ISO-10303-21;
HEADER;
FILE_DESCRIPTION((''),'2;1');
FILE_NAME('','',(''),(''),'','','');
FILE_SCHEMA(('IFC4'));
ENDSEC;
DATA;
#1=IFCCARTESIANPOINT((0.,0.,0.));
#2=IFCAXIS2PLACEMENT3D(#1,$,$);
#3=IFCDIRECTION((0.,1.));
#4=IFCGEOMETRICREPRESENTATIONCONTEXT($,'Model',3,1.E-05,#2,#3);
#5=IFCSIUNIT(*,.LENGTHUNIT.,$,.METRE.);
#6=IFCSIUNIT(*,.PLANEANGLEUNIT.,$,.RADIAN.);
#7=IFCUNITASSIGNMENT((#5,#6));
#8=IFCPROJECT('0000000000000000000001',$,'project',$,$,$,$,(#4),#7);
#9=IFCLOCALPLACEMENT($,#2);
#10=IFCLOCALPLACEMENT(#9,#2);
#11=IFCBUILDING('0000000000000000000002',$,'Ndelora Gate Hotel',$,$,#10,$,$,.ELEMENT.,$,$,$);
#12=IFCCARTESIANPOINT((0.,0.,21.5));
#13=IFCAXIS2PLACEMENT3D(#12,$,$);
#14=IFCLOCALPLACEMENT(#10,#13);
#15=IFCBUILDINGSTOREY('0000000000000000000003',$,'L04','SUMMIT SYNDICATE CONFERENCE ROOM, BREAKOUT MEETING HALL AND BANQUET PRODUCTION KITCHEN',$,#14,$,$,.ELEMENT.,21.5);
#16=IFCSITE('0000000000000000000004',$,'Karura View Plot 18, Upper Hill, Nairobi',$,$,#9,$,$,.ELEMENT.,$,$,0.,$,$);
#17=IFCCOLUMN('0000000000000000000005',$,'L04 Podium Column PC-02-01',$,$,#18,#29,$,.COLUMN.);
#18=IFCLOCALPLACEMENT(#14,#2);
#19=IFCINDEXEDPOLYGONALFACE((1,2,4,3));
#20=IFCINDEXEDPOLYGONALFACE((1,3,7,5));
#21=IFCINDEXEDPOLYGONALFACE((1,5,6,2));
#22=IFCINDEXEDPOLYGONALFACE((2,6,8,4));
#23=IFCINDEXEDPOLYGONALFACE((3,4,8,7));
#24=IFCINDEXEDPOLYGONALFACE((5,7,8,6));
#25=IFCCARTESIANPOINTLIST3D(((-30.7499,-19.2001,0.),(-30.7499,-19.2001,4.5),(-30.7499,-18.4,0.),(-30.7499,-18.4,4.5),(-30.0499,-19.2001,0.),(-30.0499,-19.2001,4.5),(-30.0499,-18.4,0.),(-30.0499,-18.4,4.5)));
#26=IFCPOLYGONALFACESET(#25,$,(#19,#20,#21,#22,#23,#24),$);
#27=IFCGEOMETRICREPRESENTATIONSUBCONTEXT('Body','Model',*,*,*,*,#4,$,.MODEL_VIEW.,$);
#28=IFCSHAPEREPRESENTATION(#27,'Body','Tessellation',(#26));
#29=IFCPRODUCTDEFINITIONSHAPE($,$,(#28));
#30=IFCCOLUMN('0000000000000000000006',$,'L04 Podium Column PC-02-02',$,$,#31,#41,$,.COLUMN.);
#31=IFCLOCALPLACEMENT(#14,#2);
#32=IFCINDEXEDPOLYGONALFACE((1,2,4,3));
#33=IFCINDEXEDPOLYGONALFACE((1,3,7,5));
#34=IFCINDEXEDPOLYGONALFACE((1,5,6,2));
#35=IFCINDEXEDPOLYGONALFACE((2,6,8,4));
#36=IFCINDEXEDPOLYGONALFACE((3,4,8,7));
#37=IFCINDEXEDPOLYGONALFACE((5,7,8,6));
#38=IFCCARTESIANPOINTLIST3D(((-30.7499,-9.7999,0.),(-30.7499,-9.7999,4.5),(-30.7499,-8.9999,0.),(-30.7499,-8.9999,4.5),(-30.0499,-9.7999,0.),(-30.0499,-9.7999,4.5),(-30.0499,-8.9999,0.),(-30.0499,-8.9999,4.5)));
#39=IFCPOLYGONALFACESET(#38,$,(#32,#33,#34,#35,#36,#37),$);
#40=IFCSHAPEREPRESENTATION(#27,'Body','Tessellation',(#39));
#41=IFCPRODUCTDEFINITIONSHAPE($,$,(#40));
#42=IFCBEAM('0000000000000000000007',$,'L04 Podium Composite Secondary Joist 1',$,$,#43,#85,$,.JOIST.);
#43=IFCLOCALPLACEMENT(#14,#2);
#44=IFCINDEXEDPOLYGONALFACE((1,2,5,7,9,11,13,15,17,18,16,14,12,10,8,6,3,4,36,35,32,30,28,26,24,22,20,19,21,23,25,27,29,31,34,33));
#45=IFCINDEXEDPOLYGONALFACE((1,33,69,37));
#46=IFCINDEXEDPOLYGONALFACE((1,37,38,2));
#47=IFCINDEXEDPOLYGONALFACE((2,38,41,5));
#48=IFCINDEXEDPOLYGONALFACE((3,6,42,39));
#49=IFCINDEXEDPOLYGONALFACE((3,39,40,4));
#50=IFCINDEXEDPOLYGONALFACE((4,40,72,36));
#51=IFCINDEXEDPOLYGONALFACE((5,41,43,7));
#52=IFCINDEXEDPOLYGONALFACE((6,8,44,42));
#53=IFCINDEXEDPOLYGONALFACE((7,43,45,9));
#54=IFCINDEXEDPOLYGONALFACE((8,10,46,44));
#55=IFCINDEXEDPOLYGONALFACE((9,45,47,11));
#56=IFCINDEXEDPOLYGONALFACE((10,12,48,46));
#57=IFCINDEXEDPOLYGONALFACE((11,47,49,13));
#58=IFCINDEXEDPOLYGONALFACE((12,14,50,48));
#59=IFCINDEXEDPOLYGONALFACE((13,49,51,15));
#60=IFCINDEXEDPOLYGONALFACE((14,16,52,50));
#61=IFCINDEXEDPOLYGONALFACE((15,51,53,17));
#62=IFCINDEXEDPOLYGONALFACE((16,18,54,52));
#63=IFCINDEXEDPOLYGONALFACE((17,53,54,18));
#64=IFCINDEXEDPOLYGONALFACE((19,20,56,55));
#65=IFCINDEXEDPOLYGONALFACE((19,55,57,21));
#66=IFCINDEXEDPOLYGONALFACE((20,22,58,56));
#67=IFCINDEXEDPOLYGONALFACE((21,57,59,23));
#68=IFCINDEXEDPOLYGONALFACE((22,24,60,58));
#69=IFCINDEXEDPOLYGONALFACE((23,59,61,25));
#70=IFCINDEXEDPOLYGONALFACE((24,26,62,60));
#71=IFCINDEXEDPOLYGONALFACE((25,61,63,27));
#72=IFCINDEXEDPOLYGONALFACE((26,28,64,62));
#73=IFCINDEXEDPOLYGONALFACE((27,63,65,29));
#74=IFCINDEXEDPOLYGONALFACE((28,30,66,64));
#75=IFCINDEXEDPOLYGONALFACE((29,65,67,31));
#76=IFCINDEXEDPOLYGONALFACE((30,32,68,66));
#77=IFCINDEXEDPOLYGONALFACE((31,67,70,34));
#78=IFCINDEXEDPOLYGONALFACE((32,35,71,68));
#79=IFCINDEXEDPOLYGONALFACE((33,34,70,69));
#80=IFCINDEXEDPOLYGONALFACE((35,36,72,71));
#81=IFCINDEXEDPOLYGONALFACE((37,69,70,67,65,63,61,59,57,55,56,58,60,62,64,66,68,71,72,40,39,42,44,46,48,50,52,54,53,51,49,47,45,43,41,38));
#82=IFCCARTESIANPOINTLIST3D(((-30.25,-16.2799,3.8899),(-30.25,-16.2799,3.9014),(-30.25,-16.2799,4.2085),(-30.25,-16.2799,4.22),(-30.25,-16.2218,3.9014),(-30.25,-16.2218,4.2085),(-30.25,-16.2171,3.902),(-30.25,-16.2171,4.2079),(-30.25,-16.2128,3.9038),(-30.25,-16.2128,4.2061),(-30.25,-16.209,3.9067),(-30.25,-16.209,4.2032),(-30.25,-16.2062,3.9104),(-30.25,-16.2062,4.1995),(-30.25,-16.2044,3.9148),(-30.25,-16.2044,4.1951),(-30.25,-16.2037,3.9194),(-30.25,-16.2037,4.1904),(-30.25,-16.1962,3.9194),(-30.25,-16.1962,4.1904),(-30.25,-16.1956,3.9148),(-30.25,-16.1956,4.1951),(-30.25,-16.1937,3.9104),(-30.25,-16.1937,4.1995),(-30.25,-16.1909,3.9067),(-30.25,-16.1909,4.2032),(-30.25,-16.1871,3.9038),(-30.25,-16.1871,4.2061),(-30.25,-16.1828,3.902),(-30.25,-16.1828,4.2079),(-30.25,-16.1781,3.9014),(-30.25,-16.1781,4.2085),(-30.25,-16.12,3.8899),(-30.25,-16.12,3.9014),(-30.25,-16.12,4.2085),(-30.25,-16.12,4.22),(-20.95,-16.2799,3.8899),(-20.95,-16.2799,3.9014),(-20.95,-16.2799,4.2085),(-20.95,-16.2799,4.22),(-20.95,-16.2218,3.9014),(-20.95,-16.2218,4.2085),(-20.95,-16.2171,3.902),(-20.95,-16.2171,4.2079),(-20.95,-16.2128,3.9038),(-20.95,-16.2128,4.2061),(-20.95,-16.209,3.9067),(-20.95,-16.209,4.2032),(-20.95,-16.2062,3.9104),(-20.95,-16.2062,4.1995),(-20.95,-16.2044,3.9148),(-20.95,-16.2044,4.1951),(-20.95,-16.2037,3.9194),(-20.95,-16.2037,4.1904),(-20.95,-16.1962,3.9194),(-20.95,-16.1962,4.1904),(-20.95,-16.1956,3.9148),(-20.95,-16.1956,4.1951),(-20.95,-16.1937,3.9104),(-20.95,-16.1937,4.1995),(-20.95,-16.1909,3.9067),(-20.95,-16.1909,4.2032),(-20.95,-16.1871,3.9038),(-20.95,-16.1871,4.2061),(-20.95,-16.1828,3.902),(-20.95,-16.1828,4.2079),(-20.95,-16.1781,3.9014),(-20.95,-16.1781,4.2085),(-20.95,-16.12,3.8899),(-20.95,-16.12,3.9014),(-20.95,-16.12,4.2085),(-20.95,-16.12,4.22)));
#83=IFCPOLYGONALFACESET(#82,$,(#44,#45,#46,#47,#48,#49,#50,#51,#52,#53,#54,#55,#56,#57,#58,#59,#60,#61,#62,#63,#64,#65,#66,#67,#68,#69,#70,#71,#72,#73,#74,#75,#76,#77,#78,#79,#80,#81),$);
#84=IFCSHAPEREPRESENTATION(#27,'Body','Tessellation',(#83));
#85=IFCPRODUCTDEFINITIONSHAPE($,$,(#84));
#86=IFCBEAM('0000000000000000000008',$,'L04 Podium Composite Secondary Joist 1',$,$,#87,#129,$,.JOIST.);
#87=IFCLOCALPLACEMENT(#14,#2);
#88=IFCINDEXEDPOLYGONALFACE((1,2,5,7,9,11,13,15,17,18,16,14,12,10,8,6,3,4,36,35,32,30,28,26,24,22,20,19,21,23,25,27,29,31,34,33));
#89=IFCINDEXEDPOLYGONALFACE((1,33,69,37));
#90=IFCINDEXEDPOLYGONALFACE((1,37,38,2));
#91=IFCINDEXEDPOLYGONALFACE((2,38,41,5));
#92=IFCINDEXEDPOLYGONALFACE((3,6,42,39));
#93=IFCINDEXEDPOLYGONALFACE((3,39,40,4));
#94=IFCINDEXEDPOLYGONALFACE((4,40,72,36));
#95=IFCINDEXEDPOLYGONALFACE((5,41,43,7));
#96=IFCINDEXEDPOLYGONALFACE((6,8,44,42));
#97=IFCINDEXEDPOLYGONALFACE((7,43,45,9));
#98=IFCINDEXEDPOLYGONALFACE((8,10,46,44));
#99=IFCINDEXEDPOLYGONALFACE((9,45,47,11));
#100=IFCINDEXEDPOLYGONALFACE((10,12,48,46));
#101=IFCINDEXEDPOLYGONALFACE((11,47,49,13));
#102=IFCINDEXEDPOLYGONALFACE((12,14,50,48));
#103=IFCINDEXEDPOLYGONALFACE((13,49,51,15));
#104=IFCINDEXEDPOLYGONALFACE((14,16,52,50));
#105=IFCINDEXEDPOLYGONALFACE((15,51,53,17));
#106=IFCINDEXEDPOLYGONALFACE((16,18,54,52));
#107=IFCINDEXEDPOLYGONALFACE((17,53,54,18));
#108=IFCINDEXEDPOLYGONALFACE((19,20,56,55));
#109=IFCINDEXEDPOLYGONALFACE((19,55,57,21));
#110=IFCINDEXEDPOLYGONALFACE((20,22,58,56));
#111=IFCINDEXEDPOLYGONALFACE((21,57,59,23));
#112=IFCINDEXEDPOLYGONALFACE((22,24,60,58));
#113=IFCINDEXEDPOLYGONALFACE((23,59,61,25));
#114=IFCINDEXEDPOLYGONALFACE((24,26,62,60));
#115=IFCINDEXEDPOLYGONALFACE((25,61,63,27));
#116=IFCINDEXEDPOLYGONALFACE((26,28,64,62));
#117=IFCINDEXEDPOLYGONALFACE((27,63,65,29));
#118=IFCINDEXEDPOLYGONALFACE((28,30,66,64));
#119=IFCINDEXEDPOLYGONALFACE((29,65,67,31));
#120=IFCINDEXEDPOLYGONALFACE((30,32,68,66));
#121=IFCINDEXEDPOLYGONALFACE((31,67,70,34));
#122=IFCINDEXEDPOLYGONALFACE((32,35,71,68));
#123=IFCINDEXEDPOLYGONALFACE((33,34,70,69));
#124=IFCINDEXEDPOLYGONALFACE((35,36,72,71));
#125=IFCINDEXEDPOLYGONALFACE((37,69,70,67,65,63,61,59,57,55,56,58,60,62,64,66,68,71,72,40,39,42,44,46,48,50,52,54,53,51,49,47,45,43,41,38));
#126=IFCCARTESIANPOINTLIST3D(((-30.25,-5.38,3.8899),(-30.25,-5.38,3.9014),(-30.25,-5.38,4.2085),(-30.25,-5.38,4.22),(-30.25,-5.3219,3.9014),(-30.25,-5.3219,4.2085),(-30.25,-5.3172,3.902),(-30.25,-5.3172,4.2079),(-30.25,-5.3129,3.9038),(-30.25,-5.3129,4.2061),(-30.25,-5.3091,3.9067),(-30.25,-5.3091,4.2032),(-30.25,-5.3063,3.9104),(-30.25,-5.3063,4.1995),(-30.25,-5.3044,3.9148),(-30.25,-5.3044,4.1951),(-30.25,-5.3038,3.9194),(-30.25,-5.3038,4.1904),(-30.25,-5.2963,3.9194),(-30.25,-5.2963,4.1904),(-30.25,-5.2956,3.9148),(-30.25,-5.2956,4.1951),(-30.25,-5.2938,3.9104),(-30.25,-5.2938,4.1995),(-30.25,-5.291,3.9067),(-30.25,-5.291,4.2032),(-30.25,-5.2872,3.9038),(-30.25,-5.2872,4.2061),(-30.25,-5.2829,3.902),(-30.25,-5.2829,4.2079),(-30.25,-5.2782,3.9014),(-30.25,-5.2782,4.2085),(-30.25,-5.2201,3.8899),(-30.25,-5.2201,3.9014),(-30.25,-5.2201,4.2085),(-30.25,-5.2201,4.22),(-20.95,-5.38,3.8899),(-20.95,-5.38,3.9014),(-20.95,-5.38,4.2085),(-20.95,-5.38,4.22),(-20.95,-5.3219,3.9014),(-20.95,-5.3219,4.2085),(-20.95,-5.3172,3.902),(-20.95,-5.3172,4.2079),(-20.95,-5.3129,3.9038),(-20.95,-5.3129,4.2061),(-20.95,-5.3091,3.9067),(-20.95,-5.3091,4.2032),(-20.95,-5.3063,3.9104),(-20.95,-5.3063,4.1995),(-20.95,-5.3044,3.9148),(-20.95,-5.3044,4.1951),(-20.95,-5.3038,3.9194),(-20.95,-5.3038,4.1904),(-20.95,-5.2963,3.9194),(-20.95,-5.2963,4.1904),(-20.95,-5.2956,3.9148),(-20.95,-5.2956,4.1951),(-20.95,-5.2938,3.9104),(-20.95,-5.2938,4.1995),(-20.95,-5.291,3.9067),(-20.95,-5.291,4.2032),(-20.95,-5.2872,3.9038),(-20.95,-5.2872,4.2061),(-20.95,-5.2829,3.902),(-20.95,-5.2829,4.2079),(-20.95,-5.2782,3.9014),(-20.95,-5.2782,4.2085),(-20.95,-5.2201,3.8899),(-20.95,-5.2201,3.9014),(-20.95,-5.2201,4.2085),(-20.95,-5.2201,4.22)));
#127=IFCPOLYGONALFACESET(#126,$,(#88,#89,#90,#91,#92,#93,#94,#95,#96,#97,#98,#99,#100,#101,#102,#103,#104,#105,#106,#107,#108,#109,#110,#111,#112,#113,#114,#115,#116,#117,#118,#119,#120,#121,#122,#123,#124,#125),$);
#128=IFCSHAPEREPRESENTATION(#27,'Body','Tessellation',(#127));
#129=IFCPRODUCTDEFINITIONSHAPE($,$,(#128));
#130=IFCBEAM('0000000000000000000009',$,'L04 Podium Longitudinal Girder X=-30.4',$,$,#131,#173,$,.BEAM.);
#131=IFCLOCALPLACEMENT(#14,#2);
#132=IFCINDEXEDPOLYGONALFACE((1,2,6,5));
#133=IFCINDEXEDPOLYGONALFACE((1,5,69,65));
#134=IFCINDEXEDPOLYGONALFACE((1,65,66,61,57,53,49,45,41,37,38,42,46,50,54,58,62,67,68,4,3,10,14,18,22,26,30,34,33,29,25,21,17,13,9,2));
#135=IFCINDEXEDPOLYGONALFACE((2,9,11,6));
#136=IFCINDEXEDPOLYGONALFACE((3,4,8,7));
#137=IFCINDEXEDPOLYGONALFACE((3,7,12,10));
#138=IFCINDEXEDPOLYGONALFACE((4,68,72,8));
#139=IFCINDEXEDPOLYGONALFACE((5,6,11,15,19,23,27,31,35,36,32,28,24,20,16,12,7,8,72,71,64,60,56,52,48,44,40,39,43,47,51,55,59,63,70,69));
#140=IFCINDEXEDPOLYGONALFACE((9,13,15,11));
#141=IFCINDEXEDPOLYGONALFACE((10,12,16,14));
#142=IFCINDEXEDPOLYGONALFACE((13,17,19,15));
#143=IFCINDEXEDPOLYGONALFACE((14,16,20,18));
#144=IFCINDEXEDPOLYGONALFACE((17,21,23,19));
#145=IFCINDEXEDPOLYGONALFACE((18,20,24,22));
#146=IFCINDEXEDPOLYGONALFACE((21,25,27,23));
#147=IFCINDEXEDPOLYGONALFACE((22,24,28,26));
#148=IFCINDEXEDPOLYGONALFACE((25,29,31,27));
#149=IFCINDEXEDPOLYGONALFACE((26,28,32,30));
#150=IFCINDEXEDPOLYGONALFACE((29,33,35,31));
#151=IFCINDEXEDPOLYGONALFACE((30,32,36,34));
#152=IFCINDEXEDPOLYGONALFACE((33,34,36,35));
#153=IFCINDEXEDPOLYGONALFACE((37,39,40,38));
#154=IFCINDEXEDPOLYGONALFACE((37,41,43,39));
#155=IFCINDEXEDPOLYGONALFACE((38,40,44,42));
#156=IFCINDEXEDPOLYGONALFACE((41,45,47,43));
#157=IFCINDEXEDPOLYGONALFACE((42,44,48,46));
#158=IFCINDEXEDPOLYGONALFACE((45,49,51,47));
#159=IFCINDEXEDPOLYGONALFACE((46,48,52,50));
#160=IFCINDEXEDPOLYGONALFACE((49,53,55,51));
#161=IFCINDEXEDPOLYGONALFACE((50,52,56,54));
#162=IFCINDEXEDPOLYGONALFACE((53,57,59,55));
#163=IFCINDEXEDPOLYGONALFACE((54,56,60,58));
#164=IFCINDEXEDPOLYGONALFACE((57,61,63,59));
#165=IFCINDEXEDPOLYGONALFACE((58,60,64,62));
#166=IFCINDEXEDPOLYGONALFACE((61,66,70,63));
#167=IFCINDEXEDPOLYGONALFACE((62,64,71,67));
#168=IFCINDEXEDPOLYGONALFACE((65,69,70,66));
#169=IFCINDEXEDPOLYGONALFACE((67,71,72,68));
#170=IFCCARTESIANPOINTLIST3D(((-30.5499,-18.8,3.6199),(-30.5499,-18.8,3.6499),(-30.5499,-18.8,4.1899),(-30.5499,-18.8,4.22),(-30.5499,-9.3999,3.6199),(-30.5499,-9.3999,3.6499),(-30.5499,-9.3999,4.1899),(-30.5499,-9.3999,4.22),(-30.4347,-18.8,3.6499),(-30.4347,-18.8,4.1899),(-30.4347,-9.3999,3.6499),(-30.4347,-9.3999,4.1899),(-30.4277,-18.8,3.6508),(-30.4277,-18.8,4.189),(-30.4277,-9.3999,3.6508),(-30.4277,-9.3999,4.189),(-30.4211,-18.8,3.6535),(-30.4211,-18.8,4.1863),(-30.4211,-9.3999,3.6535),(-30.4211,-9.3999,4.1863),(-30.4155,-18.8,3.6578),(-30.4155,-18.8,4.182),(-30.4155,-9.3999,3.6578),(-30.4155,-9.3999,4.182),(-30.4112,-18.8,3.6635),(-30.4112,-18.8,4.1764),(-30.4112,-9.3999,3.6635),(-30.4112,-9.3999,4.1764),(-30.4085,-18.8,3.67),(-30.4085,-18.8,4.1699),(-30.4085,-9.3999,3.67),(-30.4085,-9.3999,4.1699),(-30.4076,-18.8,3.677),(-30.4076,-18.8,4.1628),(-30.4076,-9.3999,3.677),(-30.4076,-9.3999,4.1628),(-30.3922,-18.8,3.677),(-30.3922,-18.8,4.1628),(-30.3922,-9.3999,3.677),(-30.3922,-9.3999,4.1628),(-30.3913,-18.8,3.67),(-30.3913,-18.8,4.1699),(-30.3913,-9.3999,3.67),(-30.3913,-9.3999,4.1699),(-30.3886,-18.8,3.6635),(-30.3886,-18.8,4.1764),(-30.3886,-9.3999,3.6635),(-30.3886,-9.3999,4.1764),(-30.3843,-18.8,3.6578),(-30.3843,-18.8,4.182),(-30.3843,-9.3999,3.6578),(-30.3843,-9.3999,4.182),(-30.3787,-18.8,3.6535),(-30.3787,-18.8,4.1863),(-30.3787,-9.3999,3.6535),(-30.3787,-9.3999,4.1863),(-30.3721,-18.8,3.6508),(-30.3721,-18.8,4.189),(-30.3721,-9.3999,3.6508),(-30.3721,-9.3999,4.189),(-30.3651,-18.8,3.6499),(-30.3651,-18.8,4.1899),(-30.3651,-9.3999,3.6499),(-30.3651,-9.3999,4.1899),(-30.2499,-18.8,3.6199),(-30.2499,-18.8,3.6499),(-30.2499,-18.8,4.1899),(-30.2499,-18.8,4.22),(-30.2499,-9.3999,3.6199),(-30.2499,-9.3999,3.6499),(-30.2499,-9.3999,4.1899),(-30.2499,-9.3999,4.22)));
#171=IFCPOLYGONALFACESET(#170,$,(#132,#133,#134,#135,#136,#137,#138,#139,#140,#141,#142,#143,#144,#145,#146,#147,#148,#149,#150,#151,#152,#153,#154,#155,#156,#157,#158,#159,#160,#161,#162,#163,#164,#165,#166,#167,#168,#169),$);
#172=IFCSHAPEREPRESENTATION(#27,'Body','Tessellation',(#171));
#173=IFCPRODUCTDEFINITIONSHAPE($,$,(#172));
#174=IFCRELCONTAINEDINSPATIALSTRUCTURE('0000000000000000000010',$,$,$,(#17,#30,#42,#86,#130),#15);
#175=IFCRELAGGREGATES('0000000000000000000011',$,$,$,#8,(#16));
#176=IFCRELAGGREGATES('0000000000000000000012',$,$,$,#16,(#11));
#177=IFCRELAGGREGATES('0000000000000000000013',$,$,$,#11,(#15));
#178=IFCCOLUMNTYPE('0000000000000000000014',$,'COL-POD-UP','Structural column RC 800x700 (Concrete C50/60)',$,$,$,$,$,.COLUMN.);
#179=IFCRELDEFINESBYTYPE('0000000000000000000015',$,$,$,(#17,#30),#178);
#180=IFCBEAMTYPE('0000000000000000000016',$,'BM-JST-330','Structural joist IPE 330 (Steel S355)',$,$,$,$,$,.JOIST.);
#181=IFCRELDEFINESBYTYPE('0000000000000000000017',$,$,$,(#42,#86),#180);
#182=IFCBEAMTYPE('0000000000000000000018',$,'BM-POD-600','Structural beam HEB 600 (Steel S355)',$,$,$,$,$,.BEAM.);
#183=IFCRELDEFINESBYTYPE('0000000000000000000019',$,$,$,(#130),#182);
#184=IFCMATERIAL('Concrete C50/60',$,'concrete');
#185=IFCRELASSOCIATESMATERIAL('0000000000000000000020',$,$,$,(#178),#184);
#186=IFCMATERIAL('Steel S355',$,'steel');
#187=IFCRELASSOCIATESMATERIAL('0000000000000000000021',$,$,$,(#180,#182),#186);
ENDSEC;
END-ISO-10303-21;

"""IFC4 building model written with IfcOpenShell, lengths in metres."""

from ifc_helpers import new_model, si_unit, direction, frame, origin, origin_2d, place, context, subcontext, project, spatial, rectangle, i_section, extrude, material, material_profile, profile_set, type_object, element, save


model = new_model("IFC4")

# Units and contexts
model_context = context("Model", 3, precision=1e-05, world=origin(), true_north=direction((0.0, 1.0)))
body_context = subcontext(model_context, "Body", "Model", "MODEL_VIEW")
ifc_project = project(units=[si_unit("LENGTHUNIT", "METRE"), si_unit("PLANEANGLEUNIT", "RADIAN")], contexts=[model_context])

# Site, building, storey
site_placement = place(None, origin())
site = spatial("IfcSite", under=ifc_project, at=site_placement, Name="Karura View Plot 18, Upper Hill, Nairobi", CompositionType="ELEMENT", RefElevation=0.0)
building_placement = place(site_placement, origin())
building = spatial("IfcBuilding", under=site, at=building_placement, Name="Ndelora Gate Hotel", CompositionType="ELEMENT")
storey_placement = place(building_placement, frame((0.0, 0.0, 21.5)))
storey = spatial("IfcBuildingStorey", under=building, at=storey_placement, Name="L04", Description="SUMMIT SYNDICATE CONFERENCE ROOM, BREAKOUT MEETING HALL AND BANQUET PRODUCTION KITCHEN", CompositionType="ELEMENT", Elevation=21.5)

# Columns
ifc_material_1 = material(Name="Concrete C50/60", Category="concrete")
ifc_material_profile_1 = material_profile(ifc_material_1, rectangle(XDim=0.7, YDim=0.8, at=origin_2d()), Name="RC 800x700")
ifc_profile_set_1 = profile_set([ifc_material_profile_1], Name="Concrete C50/60")
column_type = type_object("IfcColumnType", Name="COL-POD-UP", Description="Structural column RC 800x700 (Concrete C50/60)", PredefinedType="COLUMN", material=ifc_profile_set_1)
for number, where, z_axis, x_axis, name in (
    (1, (-30.3999, -18.8, 0.0), (0.0, 0.0, 1.0), (1.0, 0.0, 0.0), "L04 Podium Column PC-02-01"),
    (2, (-30.3999, -9.3999, 0.0), (0.0, 0.0, 1.0), (1.0, 0.0, 0.0), "L04 Podium Column PC-02-02"),
):
    element("IfcColumn", number, at=place(storey_placement, frame(where, z_axis=z_axis, x_axis=x_axis)), inside=storey, type_object=column_type, Name=name, PredefinedType="COLUMN", context=body_context, shape_type="SweptSolid", body=[
        extrude(rectangle(XDim=0.7, YDim=0.8, at=origin_2d()), origin(), (0.0, 0.0, 1.0), 4.5),
    ])

# Beams
ifc_material_2 = material(Name="Steel S355", Category="steel")
ifc_material_profile_2 = material_profile(ifc_material_2, i_section(OverallWidth=0.1599, OverallDepth=0.3301, WebThickness=0.0076, FlangeThickness=0.0115, FilletRadius=0.0181, at=origin_2d()), Name="IPE 330")
ifc_profile_set_2 = profile_set([ifc_material_profile_2], Name="Steel S355")
beam_type_1 = type_object("IfcBeamType", Name="BM-JST-330", Description="Structural joist IPE 330 (Steel S355)", PredefinedType="JOIST", material=ifc_profile_set_2)
for number, where, z_axis, x_axis, name in (
    (3, (-30.25, -16.2, 4.0549), (1.0, 0.0, 0.0), (0.0, 1.0, 0.0), "L04 Podium Composite Secondary Joist 1"),
    (4, (-30.25, -5.3, 4.0549), (1.0, 0.0, 0.0), (0.0, 1.0, 0.0), "L04 Podium Composite Secondary Joist 1"),
):
    element("IfcBeam", number, at=place(storey_placement, frame(where, z_axis=z_axis, x_axis=x_axis)), inside=storey, type_object=beam_type_1, Name=name, PredefinedType="JOIST", context=body_context, shape_type="SweptSolid", body=[
        extrude(i_section(OverallWidth=0.1599, OverallDepth=0.3301, WebThickness=0.0076, FlangeThickness=0.0115, FilletRadius=0.0181, at=origin_2d()), origin(), (0.0, 0.0, 1.0), 9.3),
    ])
ifc_material_profile_3 = material_profile(ifc_material_2, i_section(OverallWidth=0.3, OverallDepth=0.6001, WebThickness=0.0154, FlangeThickness=0.03, FilletRadius=0.0271, at=origin_2d()), Name="HEB 600")
ifc_profile_set_3 = profile_set([ifc_material_profile_3], Name="Steel S355")
beam_type_2 = type_object("IfcBeamType", Name="BM-POD-600", Description="Structural beam HEB 600 (Steel S355)", PredefinedType="BEAM", material=ifc_profile_set_3)
beam_1_placement = place(storey_placement, frame((-30.3999, -18.8, 3.9199), z_axis=(0.0, 1.0, 0.0), x_axis=(-1.0, 0.0, 0.0)))
element("IfcBeam", 5, at=beam_1_placement, inside=storey, type_object=beam_type_2, Name="L04 Podium Longitudinal Girder X=-30.4", PredefinedType="BEAM", context=body_context, shape_type="SweptSolid", body=[
    extrude(i_section(OverallWidth=0.3, OverallDepth=0.6001, WebThickness=0.0154, FlangeThickness=0.03, FilletRadius=0.0271, at=origin_2d()), origin(), (0.0, 0.0, 1.0), 9.4001),
])

save(model, "model.ifc")
